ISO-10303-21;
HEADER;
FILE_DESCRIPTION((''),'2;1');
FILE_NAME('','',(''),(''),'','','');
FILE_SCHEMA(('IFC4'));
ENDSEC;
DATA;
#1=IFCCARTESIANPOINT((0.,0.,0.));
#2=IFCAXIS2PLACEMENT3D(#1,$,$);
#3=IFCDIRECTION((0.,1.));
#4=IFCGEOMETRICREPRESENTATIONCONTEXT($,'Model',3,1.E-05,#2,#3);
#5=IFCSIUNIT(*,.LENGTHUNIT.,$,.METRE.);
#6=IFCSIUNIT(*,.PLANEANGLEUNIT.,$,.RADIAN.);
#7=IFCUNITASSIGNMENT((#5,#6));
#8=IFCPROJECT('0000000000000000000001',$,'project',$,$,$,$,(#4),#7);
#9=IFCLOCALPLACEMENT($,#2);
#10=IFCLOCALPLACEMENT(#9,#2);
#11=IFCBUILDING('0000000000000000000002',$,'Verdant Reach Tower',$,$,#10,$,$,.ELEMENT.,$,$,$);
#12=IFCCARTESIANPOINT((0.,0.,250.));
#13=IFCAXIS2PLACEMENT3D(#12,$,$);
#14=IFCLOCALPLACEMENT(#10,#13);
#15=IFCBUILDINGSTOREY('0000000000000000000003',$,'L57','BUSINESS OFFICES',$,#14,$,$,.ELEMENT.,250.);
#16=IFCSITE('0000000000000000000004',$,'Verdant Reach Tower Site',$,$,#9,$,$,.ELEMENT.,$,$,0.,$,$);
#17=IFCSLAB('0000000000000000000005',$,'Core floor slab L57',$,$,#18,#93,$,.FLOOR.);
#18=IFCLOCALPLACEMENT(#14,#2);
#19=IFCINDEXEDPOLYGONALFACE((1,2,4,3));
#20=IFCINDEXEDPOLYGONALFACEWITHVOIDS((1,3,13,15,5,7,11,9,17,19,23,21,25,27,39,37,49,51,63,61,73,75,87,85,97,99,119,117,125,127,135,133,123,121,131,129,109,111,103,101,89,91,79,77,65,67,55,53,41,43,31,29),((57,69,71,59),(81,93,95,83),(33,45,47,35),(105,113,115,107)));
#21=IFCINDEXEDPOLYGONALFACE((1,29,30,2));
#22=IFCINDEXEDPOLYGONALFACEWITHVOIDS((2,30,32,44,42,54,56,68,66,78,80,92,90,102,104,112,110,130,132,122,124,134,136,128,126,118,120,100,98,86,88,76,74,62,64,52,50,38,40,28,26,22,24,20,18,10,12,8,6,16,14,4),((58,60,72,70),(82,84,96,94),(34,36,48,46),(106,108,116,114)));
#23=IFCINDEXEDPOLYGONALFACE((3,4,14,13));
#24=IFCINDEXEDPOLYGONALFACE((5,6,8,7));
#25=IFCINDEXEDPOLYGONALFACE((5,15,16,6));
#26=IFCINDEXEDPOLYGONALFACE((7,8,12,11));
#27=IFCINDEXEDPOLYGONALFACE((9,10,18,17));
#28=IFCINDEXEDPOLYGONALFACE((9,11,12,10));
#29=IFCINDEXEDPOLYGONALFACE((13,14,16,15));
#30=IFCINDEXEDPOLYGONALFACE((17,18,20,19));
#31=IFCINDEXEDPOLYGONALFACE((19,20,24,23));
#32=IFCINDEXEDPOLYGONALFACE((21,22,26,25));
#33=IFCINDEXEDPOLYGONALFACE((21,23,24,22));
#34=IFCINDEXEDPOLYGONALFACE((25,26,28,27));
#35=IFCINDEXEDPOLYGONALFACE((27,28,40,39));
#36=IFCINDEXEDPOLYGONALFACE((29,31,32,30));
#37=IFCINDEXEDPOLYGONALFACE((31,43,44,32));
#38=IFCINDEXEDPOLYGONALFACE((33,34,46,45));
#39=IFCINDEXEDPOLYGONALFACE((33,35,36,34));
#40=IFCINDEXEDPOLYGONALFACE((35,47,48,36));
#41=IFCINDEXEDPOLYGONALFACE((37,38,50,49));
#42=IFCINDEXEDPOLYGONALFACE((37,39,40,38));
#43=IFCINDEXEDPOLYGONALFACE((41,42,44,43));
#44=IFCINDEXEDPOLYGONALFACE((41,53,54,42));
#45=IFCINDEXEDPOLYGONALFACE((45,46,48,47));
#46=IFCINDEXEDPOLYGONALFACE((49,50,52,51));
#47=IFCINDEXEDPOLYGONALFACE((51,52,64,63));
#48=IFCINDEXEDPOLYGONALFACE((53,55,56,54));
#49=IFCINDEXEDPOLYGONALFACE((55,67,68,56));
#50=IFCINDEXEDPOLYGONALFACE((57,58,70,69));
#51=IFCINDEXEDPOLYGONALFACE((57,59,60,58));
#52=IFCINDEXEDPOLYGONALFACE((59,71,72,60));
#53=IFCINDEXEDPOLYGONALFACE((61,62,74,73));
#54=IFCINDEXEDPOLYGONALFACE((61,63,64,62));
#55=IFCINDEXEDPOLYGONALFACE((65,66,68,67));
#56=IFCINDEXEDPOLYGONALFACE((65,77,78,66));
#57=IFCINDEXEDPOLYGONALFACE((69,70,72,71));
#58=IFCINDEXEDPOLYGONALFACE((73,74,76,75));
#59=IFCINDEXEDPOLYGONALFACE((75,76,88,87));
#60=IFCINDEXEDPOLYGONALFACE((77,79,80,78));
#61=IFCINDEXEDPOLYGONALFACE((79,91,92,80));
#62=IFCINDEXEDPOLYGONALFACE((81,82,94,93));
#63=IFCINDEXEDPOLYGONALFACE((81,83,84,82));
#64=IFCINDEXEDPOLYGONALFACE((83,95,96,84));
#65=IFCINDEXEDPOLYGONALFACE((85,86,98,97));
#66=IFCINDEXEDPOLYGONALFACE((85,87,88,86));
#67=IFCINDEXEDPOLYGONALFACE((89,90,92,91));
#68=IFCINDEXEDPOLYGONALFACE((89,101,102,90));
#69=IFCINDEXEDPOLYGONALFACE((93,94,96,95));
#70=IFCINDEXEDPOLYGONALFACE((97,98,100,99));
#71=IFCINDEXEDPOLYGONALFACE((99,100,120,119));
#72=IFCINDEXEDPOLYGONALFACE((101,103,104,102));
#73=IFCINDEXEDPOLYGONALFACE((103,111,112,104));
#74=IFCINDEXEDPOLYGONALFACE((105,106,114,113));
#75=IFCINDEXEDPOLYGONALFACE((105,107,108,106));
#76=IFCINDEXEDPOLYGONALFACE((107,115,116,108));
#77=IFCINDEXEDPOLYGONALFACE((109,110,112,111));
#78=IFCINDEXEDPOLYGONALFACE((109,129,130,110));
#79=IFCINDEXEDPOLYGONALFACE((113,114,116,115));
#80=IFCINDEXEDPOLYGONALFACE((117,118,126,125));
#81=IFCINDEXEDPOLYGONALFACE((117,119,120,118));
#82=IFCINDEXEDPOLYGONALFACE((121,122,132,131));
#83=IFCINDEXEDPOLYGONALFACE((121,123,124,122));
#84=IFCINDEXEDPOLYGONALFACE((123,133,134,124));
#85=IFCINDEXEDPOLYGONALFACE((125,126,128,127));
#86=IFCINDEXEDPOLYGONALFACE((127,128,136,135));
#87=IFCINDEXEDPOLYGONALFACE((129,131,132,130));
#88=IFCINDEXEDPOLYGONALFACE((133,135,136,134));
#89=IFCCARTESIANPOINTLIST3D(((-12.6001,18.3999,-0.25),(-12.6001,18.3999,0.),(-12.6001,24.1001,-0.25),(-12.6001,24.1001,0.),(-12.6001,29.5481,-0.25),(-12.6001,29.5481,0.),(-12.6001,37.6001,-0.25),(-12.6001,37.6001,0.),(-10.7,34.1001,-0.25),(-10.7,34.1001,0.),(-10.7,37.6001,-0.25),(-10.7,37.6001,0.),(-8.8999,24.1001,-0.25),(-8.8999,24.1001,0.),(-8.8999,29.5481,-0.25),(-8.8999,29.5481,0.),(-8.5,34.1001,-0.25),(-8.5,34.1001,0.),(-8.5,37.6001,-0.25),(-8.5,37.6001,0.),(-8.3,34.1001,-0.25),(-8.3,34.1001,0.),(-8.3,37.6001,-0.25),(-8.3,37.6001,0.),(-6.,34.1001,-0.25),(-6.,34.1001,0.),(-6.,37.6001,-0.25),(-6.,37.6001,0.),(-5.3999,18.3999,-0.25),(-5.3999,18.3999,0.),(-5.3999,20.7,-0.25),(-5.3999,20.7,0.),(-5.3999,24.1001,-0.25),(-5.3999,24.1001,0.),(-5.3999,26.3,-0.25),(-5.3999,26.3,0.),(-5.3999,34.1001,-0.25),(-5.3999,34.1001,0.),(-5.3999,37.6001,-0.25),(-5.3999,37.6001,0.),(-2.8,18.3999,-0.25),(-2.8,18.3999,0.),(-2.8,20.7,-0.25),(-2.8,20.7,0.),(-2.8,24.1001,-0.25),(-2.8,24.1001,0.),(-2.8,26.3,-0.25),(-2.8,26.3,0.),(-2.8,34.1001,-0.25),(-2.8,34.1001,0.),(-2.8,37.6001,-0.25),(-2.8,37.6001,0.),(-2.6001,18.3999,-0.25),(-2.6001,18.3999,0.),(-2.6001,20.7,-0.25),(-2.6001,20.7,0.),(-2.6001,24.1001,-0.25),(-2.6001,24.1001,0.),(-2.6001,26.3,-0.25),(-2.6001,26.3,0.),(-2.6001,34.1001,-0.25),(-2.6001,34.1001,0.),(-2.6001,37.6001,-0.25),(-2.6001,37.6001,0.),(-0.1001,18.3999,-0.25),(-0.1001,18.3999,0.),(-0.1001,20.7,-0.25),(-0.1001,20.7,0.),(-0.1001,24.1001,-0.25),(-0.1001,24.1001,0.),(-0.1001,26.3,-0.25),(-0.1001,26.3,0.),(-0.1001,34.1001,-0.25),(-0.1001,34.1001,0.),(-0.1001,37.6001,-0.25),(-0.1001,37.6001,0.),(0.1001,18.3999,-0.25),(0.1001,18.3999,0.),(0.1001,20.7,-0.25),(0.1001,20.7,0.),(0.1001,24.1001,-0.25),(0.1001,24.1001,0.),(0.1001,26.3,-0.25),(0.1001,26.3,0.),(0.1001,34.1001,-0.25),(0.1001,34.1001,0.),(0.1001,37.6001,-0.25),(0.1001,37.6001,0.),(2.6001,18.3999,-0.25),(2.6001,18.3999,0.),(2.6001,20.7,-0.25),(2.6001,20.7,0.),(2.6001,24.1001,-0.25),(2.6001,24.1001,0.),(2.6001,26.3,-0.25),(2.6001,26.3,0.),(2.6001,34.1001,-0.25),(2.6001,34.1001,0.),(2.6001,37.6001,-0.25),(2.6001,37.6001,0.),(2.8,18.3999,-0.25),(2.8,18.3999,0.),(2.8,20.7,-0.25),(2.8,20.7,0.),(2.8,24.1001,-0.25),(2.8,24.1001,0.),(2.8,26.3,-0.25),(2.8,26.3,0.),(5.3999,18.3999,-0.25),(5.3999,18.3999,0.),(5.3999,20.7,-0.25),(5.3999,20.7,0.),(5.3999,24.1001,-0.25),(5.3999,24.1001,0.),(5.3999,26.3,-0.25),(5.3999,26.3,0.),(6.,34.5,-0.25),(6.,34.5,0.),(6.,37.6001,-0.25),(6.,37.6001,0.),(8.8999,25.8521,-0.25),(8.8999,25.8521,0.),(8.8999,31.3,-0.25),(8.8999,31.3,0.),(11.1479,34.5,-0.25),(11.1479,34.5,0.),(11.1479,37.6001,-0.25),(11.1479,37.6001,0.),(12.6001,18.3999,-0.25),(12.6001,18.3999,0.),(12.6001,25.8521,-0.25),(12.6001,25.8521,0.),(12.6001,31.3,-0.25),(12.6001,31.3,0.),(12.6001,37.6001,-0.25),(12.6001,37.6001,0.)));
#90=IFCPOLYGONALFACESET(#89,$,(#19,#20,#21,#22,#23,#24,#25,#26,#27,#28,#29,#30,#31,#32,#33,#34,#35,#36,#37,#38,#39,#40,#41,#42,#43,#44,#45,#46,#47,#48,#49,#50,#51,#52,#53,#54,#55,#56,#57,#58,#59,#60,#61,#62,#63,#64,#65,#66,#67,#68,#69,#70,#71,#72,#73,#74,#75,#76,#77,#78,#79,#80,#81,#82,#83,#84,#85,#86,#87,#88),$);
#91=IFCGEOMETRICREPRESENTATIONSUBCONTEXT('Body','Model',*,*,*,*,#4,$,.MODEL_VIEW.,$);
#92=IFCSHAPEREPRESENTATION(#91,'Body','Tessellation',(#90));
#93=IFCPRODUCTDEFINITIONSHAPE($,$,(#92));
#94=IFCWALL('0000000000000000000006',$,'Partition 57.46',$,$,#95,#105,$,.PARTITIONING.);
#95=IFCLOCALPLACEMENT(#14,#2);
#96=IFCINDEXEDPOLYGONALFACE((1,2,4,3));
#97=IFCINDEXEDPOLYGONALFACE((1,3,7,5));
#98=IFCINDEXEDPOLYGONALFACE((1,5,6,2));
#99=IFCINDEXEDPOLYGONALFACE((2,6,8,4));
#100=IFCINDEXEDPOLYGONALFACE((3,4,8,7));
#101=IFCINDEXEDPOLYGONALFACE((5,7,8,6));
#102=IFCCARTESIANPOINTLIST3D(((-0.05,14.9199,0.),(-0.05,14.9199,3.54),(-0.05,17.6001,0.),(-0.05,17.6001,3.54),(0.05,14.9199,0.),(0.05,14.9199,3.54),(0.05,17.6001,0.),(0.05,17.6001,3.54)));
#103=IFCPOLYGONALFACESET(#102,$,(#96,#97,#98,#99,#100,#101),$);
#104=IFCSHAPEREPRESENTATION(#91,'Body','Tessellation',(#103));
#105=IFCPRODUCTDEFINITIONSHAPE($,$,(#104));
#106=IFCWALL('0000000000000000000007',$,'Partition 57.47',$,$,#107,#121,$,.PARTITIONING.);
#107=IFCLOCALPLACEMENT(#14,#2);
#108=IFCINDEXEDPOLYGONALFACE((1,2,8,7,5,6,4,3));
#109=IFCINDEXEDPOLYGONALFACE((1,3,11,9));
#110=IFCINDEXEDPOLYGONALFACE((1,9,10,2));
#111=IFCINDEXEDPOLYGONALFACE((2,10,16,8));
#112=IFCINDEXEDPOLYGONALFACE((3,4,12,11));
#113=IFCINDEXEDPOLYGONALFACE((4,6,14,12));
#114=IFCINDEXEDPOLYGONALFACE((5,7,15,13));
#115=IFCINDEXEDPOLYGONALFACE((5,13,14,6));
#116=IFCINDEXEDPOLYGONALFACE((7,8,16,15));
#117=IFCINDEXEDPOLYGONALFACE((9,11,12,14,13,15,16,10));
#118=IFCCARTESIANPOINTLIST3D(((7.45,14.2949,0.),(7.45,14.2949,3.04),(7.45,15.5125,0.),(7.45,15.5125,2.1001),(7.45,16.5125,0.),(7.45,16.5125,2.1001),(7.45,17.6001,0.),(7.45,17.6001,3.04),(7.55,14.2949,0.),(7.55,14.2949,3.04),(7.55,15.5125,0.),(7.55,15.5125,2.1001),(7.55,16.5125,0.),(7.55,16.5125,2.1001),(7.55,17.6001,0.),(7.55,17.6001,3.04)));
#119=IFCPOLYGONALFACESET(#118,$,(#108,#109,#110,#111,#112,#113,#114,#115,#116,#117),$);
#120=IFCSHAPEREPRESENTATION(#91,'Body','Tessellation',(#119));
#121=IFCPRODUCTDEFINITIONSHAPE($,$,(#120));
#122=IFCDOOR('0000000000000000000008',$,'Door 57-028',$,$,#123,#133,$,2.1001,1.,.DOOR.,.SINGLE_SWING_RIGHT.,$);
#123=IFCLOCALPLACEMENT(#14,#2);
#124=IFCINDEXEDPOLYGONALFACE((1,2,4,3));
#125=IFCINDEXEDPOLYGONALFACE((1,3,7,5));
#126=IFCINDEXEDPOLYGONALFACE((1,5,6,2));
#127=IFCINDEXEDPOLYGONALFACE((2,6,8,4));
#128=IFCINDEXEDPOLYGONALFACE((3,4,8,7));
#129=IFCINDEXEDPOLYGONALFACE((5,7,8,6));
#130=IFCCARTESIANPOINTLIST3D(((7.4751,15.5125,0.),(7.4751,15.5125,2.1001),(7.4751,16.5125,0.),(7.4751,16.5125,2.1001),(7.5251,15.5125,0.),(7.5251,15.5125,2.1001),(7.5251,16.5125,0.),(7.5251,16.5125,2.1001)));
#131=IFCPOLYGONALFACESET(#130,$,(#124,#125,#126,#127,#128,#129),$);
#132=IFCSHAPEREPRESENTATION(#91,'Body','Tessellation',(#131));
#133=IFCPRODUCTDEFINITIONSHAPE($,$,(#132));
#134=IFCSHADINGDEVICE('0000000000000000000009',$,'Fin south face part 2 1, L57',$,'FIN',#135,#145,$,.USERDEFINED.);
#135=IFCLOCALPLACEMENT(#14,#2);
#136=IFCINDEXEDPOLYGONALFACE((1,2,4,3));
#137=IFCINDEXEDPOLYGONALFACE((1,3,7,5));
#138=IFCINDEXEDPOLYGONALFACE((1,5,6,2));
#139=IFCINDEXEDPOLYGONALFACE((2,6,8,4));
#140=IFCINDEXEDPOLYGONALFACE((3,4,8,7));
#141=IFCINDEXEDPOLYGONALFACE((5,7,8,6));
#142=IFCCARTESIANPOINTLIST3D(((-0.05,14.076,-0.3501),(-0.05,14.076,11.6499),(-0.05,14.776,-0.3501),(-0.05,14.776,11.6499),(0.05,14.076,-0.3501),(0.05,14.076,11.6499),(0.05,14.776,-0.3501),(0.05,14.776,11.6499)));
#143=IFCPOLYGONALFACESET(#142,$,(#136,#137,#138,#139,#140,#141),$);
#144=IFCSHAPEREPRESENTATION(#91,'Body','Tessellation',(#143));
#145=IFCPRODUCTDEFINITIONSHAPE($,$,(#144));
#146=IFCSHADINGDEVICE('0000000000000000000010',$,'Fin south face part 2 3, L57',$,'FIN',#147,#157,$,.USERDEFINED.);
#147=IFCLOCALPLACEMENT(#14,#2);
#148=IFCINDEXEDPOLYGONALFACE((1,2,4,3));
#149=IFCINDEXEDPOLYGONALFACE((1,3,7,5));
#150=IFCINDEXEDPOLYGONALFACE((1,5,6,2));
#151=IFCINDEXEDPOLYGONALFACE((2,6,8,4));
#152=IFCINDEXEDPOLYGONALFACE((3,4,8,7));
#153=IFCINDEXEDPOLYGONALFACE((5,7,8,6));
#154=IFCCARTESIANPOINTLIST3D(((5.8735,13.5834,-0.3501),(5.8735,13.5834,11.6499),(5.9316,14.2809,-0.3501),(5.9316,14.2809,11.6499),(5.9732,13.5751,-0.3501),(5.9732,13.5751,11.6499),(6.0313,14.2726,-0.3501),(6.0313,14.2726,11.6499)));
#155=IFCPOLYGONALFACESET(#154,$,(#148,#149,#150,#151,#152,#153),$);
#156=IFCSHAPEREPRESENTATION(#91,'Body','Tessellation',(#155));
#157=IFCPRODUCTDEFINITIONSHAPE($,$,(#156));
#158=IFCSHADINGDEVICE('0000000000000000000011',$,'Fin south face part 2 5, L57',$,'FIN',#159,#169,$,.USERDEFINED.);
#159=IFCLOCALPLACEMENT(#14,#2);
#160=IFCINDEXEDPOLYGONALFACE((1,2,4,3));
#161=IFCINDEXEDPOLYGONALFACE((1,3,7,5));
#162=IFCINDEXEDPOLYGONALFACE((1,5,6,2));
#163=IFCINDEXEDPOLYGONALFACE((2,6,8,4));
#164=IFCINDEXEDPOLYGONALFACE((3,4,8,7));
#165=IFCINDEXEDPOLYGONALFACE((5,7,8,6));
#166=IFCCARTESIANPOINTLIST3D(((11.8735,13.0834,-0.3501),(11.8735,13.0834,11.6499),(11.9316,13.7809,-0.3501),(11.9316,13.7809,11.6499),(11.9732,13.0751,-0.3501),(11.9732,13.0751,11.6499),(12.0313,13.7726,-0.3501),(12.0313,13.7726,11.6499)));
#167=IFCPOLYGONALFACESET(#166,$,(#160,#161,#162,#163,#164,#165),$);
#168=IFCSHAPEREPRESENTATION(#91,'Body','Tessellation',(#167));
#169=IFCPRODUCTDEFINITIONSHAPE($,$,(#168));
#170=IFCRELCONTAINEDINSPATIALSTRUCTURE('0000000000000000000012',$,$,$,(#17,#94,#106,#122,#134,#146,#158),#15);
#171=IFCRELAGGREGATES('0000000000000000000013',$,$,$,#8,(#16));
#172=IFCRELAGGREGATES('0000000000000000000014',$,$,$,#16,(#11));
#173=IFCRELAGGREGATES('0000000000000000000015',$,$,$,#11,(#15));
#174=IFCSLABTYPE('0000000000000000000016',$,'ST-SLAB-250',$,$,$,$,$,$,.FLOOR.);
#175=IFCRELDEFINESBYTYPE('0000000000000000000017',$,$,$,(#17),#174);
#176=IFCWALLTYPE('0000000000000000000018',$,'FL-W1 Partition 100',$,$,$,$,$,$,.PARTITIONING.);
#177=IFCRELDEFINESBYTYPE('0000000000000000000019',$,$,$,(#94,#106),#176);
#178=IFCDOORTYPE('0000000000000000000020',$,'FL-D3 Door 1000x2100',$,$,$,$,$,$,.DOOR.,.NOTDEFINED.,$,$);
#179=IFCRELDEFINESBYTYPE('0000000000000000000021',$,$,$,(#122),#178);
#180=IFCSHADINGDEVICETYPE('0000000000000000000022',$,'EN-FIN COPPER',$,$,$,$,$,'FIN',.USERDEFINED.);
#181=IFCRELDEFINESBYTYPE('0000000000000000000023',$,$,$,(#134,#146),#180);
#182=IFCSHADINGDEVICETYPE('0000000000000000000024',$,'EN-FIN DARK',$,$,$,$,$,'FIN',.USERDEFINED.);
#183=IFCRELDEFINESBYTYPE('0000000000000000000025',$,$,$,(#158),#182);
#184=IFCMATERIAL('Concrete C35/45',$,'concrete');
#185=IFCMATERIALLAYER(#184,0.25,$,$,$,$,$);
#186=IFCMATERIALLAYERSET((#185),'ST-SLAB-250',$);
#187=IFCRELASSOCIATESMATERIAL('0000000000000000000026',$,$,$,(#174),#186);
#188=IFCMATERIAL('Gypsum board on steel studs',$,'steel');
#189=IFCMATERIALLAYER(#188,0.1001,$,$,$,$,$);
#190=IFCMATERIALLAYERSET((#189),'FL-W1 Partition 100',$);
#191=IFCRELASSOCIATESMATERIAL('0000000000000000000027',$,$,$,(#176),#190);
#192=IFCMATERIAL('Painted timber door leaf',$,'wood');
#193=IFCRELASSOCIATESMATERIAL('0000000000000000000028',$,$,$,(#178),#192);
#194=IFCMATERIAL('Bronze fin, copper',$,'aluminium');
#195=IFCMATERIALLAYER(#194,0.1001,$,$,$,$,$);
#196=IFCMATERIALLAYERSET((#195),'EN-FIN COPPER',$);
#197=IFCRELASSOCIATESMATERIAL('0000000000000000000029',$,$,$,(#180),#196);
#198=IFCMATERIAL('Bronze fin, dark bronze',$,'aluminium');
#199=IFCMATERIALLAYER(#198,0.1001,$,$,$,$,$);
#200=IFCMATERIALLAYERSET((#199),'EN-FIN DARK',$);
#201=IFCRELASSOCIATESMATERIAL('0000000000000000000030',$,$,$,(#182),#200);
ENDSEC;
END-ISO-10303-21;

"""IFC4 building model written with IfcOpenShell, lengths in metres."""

from ifc_helpers import new_model, si_unit, direction, frame, frame_2d, origin, origin_2d, place, context, subcontext, project, spatial, polyline, rectangle, outline, extrude, material, layer, layer_set, type_object, element, fill, save


model = new_model("IFC4")

# Units and contexts
model_context = context("Model", 3, precision=1e-05, world=origin(), true_north=direction((0.0, 1.0)))
body_context = subcontext(model_context, "Body", "Model", "MODEL_VIEW")
ifc_project = project(units=[si_unit("LENGTHUNIT", "METRE"), si_unit("PLANEANGLEUNIT", "RADIAN")], contexts=[model_context])

# Site, building, storey
site_placement = place(None, origin())
site = spatial("IfcSite", under=ifc_project, at=site_placement, Name="Verdant Reach Tower Site", CompositionType="ELEMENT", RefElevation=0.0)
building_placement = place(site_placement, origin())
building = spatial("IfcBuilding", under=site, at=building_placement, Name="Verdant Reach Tower", CompositionType="ELEMENT")
storey_placement = place(building_placement, frame((0.0, 0.0, 250.0)))
storey = spatial("IfcBuildingStorey", under=building, at=storey_placement, Name="L57", Description="BUSINESS OFFICES", CompositionType="ELEMENT", Elevation=250.0)

# Slab
ifc_material_1 = material(Name="Concrete C35/45", Category="concrete")
ifc_layer_1 = layer(ifc_material_1, 0.25)
ifc_layer_set_1 = layer_set([ifc_layer_1], Name="ST-SLAB-250")
slab_type_1 = type_object("IfcSlabType", Name="ST-SLAB-250", PredefinedType="FLOOR", material=ifc_layer_set_1)
slab_1_placement = place(storey_placement, frame((0.0, 0.0, -0.25)))
element("IfcSlab", 1, at=slab_1_placement, inside=storey, type_object=slab_type_1, Name="Core floor slab L57", PredefinedType="FLOOR", context=body_context, shape_type="SweptSolid", body=[
    extrude(outline(polyline([(12.6001, 18.3999), (5.3999, 18.3999), (5.3999, 20.7), (2.8, 20.7), (2.8, 18.3999), (2.6001, 18.3999), (2.6001, 20.7), (0.1001, 20.7), (0.1001, 18.3999), (-0.1001, 18.3999), (-0.1001, 20.7), (-2.6001, 20.7), (-2.6001, 18.3999), (-2.8, 18.3999), (-2.8, 20.7), (-5.3999, 20.7), (-5.3999, 18.3999), (-12.6001, 18.3999), (-12.6001, 24.1001), (-8.8999, 24.1001), (-8.8999, 29.5481), (-12.6001, 29.5481), (-12.6001, 37.6001), (-10.7, 37.6001), (-10.7, 34.1001), (-8.5, 34.1001), (-8.5, 37.6001), (-8.3, 37.6001), (-8.3, 34.1001), (-6.0, 34.1001), (-6.0, 37.6001), (-5.3999, 37.6001), (-5.3999, 34.1001), (-2.8, 34.1001), (-2.8, 37.6001), (-2.6001, 37.6001), (-2.6001, 34.1001), (-0.1001, 34.1001), (-0.1001, 37.6001), (0.1001, 37.6001), (0.1001, 34.1001), (2.6001, 34.1001), (2.6001, 37.6001), (6.0, 37.6001), (6.0, 34.5), (11.1479, 34.5), (11.1479, 37.6001), (12.6001, 37.6001), (12.6001, 31.3), (8.8999, 31.3), (8.8999, 25.8521), (12.6001, 25.8521), (12.6001, 18.3999)]), holes=[polyline([(-2.8, 24.1001), (-2.8, 26.3), (-5.3999, 26.3), (-5.3999, 24.1001), (-2.8, 24.1001)]), polyline([(-0.1001, 24.1001), (-0.1001, 26.3), (-2.6001, 26.3), (-2.6001, 24.1001), (-0.1001, 24.1001)]), polyline([(2.6001, 24.1001), (2.6001, 26.3), (0.1001, 26.3), (0.1001, 24.1001), (2.6001, 24.1001)]), polyline([(5.3999, 24.1001), (5.3999, 26.3), (2.8, 26.3), (2.8, 24.1001), (5.3999, 24.1001)])]), origin(), (0.0, 0.0, 1.0), 0.25),
])

# Wall
ifc_material_2 = material(Name="Gypsum board on steel studs", Category="steel")
ifc_layer_2 = layer(ifc_material_2, 0.1001)
ifc_layer_set_2 = layer_set([ifc_layer_2], Name="FL-W1 Partition 100")
wall_type = type_object("IfcWallType", Name="FL-W1 Partition 100", PredefinedType="PARTITIONING", material=ifc_layer_set_2)
wall_1_placement = place(storey_placement, frame((0.0, 14.9199, 0.0), z_axis=(0.0, 0.0, 1.0), x_axis=(0.0, 1.0, 0.0)))
element("IfcWall", 2, at=wall_1_placement, inside=storey, type_object=wall_type, Name="Partition 57.46", PredefinedType="PARTITIONING", context=body_context, shape_type="SweptSolid", body=[
    extrude(rectangle(XDim=2.6802, YDim=0.1001, at=frame_2d((1.3401, 0.0))), origin(), (0.0, 0.0, 1.0), 3.54),
])

# Wall, opening, door
wall_2_placement = place(storey_placement, frame((7.5, 14.2949, 0.0), z_axis=(0.0, 0.0, 1.0), x_axis=(0.0, 1.0, 0.0)))
wall_2 = element("IfcWall", 3, at=wall_2_placement, inside=storey, type_object=wall_type, Name="Partition 57.47", PredefinedType="PARTITIONING", context=body_context, shape_type="SweptSolid", body=[
    extrude(rectangle(XDim=3.3052, YDim=0.1001, at=frame_2d((1.6526, 0.0))), origin(), (0.0, 0.0, 1.0), 3.04),
])
opening_placement = place(wall_2_placement, frame((1.2175, 0.0, 0.0)))
opening = element("IfcOpeningElement", 4, at=opening_placement, cuts=wall_2, PredefinedType="OPENING", context=body_context, shape_type="SweptSolid", body=[
    extrude(rectangle(XDim=1.0, YDim=2.1001, at=frame_2d((0.5, 1.05))), frame((0.0, 0.0601, 0.0), z_axis=(0.0, -1.0, 0.0), x_axis=(1.0, 0.0, 0.0)), (0.0, 0.0, 1.0), 0.1201),
])
ifc_material_3 = material(Name="Painted timber door leaf", Category="wood")
door_type = type_object("IfcDoorType", Name="FL-D3 Door 1000x2100", OperationType="NOTDEFINED", PredefinedType="DOOR", material=ifc_material_3)
door_placement = place(opening_placement, origin())
door = element("IfcDoor", 5, at=door_placement, inside=storey, type_object=door_type, Name="Door 57-028", OperationType="SINGLE_SWING_RIGHT", OverallHeight=2.1001, OverallWidth=1.0, PredefinedType="DOOR", context=body_context, shape_type="SweptSolid", body=[
    extrude(rectangle(XDim=1.0, YDim=2.1001, at=frame_2d((0.5, 1.05))), frame((0.0, 0.0249, 0.0), z_axis=(0.0, -1.0, 0.0), x_axis=(1.0, 0.0, 0.0)), (0.0, 0.0, 1.0), 0.05),
])
fill(opening, door)

# Shading devices
ifc_material_4 = material(Name="Bronze fin, copper", Category="aluminium")
ifc_layer_3 = layer(ifc_material_4, 0.1001)
ifc_layer_set_3 = layer_set([ifc_layer_3], Name="EN-FIN COPPER")
shading_device_type_1 = type_object("IfcShadingDeviceType", Name="EN-FIN COPPER", ElementType="FIN", PredefinedType="USERDEFINED", material=ifc_layer_set_3)
for number, where, z_axis, x_axis, name in (
    (6, (0.0, 14.426, -0.3501), (0.0, 0.0, 1.0), (1.0, 0.0, 0.0), "Fin south face part 2 1, L57"),
    (7, (5.9524, 13.928, -0.3501), (0.0, 0.0, 1.0), (0.996546, -0.083045, 0.0), "Fin south face part 2 3, L57"),
):
    element("IfcShadingDevice", number, at=place(storey_placement, frame(where, z_axis=z_axis, x_axis=x_axis)), inside=storey, type_object=shading_device_type_1, Name=name, ObjectType="FIN", PredefinedType="USERDEFINED", context=body_context, shape_type="SweptSolid", body=[
        extrude(rectangle(XDim=0.1001, YDim=0.7, at=origin_2d()), origin(), (0.0, 0.0, 1.0), 12.0),
    ])
ifc_material_5 = material(Name="Bronze fin, dark bronze", Category="aluminium")
ifc_layer_4 = layer(ifc_material_5, 0.1001)
ifc_layer_set_4 = layer_set([ifc_layer_4], Name="EN-FIN DARK")
shading_device_type_2 = type_object("IfcShadingDeviceType", Name="EN-FIN DARK", ElementType="FIN", PredefinedType="USERDEFINED", material=ifc_layer_set_4)
shading_device_placement = place(storey_placement, frame((11.9524, 13.428, -0.3501), z_axis=(0.0, 0.0, 1.0), x_axis=(0.996546, -0.083045, 0.0)))
element("IfcShadingDevice", 8, at=shading_device_placement, inside=storey, type_object=shading_device_type_2, Name="Fin south face part 2 5, L57", ObjectType="FIN", PredefinedType="USERDEFINED", context=body_context, shape_type="SweptSolid", body=[
    extrude(rectangle(XDim=0.1001, YDim=0.7, at=origin_2d()), origin(), (0.0, 0.0, 1.0), 12.0),
])

save(model, "model.ifc")
